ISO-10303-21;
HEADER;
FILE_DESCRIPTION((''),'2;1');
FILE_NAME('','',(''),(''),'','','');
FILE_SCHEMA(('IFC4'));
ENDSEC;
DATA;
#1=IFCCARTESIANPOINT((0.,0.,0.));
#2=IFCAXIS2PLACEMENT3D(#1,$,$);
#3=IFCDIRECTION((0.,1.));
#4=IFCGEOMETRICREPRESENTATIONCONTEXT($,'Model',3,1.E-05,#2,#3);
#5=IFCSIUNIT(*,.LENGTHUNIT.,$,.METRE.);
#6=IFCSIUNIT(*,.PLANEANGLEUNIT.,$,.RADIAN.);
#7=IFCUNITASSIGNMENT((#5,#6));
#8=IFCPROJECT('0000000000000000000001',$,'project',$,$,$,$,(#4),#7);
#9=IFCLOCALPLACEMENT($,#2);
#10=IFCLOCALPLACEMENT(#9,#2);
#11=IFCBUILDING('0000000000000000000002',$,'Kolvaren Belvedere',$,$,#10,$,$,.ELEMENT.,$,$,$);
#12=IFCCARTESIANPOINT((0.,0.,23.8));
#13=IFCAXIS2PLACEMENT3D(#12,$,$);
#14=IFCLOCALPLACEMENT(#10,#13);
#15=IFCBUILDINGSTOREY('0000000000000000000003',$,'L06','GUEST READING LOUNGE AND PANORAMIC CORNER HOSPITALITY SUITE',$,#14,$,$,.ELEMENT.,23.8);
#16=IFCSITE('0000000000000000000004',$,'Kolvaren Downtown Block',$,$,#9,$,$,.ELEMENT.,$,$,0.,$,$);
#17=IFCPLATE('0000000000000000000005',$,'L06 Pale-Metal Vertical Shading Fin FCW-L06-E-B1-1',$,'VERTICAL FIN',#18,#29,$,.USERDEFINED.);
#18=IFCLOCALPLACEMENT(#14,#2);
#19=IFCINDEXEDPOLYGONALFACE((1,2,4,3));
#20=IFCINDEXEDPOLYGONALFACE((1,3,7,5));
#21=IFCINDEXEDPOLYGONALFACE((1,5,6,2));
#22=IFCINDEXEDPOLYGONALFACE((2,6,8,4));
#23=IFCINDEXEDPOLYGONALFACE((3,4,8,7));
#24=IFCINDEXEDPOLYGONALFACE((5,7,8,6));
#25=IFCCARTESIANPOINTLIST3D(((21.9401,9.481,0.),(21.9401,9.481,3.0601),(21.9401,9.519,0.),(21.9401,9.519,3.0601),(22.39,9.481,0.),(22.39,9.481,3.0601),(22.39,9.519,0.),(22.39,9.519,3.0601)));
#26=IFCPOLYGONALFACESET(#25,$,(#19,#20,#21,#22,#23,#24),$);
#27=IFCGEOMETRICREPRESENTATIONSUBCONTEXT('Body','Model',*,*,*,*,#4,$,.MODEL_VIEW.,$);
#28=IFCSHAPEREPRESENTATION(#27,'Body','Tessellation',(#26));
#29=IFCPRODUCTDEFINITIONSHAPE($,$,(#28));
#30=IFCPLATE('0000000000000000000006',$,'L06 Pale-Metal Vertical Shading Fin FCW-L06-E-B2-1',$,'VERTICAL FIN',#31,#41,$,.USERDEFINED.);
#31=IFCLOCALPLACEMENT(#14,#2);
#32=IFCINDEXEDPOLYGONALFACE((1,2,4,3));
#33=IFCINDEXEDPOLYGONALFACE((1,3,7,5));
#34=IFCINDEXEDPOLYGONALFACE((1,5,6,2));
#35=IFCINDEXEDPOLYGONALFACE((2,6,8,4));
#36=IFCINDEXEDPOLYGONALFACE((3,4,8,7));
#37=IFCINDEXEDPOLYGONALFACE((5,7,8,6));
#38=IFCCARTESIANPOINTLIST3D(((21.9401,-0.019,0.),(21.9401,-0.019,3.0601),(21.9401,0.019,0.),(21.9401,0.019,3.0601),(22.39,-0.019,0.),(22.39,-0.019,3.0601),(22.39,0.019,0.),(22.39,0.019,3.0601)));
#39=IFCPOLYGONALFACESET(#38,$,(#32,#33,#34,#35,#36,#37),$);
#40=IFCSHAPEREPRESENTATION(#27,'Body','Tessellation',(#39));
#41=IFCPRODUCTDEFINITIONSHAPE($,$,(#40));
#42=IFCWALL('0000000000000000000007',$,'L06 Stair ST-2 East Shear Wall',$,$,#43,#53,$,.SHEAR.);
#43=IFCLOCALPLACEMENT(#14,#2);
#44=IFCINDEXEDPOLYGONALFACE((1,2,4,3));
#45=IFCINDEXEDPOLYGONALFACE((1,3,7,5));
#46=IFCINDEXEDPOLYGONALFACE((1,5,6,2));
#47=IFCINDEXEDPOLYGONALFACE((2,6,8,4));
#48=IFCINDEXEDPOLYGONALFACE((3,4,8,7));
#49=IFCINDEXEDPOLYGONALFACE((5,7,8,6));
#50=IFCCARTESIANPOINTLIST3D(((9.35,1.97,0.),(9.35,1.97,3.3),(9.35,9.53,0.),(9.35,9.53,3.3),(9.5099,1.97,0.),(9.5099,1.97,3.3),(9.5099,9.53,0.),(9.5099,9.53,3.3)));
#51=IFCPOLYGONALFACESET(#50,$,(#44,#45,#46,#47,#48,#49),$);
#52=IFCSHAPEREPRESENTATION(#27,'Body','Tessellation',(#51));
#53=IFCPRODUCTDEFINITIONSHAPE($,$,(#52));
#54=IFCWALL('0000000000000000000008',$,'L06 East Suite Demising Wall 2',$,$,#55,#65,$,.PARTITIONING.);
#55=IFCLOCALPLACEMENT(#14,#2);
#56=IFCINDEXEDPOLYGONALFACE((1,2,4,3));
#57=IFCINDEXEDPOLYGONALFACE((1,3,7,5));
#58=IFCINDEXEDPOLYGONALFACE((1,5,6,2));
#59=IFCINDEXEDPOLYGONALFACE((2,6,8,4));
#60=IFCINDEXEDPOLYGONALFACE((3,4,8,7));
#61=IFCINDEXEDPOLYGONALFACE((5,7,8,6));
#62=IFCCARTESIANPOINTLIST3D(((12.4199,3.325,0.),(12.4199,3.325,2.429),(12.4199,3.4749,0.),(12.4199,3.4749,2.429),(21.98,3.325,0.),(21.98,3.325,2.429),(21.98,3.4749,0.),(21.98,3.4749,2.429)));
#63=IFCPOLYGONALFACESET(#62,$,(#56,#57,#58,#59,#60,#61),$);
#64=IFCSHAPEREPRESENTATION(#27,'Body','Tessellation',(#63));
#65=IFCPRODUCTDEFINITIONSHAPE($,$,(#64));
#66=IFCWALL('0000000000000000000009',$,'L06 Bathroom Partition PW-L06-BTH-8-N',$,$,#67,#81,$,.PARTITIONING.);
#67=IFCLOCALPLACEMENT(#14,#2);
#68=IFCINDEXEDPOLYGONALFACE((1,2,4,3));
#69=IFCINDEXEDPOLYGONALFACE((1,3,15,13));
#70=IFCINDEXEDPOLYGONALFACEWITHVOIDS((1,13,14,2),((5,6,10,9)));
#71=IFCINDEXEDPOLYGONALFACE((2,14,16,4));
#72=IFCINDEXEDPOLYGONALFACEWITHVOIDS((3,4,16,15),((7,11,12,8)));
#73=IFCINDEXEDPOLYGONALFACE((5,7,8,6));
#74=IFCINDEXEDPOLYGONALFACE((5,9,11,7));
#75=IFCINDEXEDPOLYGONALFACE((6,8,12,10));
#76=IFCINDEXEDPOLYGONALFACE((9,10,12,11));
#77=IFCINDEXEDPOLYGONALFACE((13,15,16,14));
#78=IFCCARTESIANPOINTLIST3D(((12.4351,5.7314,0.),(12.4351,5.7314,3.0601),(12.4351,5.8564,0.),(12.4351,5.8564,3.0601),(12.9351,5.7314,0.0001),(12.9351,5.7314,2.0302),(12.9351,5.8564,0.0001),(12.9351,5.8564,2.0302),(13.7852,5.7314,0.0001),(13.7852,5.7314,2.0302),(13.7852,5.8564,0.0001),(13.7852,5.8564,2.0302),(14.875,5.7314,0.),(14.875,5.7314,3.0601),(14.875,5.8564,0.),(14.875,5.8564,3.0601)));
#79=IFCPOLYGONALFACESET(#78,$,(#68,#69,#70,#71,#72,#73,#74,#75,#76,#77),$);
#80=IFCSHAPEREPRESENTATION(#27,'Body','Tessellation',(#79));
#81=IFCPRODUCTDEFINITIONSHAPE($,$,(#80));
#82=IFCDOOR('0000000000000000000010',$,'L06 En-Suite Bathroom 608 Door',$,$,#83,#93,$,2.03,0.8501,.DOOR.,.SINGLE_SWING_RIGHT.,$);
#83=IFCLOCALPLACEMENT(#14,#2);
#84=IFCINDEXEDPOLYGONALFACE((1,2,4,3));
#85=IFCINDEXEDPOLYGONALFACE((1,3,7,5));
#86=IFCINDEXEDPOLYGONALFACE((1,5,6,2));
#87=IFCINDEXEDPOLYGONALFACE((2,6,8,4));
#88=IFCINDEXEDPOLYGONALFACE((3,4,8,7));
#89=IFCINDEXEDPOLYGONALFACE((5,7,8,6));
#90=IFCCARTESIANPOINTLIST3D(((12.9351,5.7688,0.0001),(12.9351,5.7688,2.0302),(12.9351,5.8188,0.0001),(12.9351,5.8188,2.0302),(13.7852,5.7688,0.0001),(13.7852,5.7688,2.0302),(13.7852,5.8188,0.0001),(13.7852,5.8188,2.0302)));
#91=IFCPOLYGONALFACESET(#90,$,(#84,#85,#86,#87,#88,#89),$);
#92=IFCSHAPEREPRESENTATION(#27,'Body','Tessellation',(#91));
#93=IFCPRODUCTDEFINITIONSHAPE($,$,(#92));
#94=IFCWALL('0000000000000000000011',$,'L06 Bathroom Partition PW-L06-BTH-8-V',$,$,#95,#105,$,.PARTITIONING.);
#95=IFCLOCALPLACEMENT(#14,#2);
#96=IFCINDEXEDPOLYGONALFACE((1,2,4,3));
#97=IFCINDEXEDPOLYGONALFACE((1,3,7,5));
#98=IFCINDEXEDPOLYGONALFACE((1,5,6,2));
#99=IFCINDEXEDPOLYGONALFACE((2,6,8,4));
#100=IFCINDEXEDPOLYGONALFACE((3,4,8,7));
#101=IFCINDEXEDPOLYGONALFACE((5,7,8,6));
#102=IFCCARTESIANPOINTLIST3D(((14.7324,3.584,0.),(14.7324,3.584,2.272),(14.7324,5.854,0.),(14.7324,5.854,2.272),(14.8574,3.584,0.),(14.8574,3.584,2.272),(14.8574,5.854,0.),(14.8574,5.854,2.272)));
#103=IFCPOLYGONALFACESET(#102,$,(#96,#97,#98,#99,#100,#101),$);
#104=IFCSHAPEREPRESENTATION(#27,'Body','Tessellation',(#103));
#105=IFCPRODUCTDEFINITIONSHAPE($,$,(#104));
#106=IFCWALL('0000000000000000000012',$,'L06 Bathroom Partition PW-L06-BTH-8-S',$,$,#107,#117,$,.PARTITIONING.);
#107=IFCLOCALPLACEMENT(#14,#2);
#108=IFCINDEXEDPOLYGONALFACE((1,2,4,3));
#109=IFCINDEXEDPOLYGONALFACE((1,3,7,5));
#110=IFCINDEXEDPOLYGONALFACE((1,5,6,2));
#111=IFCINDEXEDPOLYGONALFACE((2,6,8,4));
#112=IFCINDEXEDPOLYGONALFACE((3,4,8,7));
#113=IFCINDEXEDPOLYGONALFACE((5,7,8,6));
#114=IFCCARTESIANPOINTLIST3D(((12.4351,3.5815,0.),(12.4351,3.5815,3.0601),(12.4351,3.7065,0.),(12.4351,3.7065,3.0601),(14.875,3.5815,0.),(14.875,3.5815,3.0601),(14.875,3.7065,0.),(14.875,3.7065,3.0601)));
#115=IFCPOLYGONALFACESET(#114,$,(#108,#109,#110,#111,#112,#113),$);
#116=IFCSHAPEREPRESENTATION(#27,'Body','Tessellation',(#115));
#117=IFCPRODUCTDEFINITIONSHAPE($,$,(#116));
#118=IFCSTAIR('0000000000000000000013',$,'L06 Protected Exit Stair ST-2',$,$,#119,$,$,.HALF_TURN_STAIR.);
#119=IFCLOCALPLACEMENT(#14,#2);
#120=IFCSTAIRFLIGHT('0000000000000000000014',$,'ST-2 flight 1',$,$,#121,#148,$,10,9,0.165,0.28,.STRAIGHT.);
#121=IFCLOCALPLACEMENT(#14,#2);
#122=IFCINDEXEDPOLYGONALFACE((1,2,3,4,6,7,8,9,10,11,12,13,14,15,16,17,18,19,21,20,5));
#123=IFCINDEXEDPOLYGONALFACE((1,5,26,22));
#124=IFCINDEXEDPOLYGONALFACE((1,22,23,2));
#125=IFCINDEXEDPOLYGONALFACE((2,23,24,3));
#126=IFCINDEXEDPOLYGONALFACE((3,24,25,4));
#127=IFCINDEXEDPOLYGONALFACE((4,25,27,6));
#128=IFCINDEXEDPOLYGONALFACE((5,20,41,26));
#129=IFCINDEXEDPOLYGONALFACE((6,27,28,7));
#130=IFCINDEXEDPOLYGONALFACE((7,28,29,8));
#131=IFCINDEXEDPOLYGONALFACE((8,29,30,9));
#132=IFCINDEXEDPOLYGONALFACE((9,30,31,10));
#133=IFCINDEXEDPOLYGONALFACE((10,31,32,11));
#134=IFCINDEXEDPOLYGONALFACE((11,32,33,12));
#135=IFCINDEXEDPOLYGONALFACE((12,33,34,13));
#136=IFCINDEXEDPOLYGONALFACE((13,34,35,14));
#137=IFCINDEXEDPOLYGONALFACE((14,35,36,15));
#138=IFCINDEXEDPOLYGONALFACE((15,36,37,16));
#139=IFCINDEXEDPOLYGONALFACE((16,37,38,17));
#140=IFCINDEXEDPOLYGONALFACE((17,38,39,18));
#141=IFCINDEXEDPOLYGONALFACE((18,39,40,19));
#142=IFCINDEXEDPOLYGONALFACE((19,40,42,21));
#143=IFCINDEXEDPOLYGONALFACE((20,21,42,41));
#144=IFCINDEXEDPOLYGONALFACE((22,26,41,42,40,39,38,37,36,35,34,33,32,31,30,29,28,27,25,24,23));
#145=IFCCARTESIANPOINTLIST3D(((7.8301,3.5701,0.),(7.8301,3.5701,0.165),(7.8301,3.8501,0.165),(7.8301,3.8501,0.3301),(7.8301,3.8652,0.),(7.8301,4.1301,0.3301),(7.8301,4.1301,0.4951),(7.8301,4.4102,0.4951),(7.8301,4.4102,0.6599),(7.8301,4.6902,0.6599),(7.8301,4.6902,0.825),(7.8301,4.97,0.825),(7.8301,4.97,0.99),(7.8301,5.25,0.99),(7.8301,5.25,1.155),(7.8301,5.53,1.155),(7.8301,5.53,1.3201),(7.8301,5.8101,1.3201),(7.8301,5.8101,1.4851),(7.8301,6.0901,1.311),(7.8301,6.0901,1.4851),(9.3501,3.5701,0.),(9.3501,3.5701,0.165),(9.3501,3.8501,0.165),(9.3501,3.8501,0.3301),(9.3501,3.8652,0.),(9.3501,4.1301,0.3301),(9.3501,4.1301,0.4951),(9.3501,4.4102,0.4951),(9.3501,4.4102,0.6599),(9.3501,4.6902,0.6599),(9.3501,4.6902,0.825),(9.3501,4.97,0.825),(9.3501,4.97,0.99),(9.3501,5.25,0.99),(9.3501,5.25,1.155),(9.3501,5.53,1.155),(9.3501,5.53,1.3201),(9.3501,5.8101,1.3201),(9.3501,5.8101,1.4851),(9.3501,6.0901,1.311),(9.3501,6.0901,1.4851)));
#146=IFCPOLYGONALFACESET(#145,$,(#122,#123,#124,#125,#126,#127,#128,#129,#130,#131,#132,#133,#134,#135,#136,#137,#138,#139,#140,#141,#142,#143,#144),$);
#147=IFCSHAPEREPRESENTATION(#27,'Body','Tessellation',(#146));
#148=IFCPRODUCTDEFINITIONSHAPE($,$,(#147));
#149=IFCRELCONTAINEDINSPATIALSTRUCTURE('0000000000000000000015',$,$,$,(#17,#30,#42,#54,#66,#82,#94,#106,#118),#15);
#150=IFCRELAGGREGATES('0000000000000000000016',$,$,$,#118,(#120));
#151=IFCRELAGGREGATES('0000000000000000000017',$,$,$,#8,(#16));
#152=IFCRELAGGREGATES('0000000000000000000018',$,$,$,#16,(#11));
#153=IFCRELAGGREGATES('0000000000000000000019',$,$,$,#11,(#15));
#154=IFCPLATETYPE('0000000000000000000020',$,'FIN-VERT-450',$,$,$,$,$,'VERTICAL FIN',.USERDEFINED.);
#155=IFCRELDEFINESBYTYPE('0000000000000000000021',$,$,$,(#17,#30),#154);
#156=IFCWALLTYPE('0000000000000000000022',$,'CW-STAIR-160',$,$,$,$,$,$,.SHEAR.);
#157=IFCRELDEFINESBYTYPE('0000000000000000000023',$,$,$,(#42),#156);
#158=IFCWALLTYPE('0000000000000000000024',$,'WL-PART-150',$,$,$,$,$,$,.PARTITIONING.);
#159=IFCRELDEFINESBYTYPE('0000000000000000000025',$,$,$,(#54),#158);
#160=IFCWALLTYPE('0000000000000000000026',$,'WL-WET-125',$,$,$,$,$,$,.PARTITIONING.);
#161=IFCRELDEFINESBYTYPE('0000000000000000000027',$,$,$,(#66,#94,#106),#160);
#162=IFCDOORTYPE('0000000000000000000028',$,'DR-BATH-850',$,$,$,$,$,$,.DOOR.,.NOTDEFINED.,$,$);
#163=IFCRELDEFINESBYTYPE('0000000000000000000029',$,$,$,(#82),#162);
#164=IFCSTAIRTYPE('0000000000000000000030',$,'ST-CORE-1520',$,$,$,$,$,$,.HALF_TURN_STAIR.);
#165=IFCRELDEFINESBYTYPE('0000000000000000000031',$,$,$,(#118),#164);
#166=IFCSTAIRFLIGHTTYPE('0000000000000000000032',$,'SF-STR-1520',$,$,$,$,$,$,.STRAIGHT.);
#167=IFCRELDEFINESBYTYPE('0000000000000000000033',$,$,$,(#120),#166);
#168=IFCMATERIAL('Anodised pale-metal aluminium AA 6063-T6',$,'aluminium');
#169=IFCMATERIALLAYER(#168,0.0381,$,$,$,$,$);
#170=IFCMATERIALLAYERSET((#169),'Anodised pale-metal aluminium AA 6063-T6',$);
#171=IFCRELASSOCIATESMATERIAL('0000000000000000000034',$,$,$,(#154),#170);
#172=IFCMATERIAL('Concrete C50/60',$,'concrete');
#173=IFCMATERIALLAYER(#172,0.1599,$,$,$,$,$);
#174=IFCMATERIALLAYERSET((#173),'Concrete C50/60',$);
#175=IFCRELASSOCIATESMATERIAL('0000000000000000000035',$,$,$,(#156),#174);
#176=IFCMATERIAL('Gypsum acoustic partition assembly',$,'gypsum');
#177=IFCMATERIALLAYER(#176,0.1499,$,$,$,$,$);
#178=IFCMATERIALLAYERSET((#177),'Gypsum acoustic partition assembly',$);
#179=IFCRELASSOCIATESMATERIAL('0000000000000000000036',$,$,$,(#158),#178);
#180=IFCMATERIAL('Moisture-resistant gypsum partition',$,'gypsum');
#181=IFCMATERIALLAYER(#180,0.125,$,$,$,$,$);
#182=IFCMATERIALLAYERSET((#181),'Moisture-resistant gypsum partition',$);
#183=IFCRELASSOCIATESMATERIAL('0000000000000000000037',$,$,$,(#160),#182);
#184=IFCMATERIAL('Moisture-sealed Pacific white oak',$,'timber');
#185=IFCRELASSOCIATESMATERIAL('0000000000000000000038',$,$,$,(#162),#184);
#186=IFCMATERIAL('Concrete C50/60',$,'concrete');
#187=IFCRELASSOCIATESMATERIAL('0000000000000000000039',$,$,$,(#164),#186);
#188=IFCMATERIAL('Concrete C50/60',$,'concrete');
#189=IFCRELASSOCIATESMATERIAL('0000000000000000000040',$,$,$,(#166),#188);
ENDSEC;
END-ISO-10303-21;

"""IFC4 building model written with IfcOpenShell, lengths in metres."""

from ifc_helpers import new_model, si_unit, direction, frame, frame_2d, origin, origin_2d, place, context, subcontext, project, spatial, polyline, rectangle, outline, extrude, material, layer, layer_set, type_object, element, fill, aggregate, save


model = new_model("IFC4")

# Units and contexts
model_context = context("Model", 3, precision=1e-05, world=origin(), true_north=direction((0.0, 1.0)))
body_context = subcontext(model_context, "Body", "Model", "MODEL_VIEW")
ifc_project = project(units=[si_unit("LENGTHUNIT", "METRE"), si_unit("PLANEANGLEUNIT", "RADIAN")], contexts=[model_context])

# Site, building, storey
site_placement = place(None, origin())
site = spatial("IfcSite", under=ifc_project, at=site_placement, Name="Kolvaren Downtown Block", CompositionType="ELEMENT", RefElevation=0.0)
building_placement = place(site_placement, origin())
building = spatial("IfcBuilding", under=site, at=building_placement, Name="Kolvaren Belvedere", CompositionType="ELEMENT")
storey_placement = place(building_placement, frame((0.0, 0.0, 23.8)))
storey = spatial("IfcBuildingStorey", under=building, at=storey_placement, Name="L06", Description="GUEST READING LOUNGE AND PANORAMIC CORNER HOSPITALITY SUITE", CompositionType="ELEMENT", Elevation=23.8)

# Plates
ifc_material_1 = material(Name="Anodised pale-metal aluminium AA 6063-T6", Category="aluminium")
ifc_layer_1 = layer(ifc_material_1, 0.0381)
ifc_layer_set_1 = layer_set([ifc_layer_1], Name="Anodised pale-metal aluminium AA 6063-T6")
plate_type_1 = type_object("IfcPlateType", Name="FIN-VERT-450", ElementType="VERTICAL FIN", PredefinedType="USERDEFINED", material=ifc_layer_set_1)
for number, where, z_axis, x_axis, name in (
    (1, (22.165, 9.5, 0.0), (0.0, 0.0, 1.0), (1.0, 0.0, 0.0), "L06 Pale-Metal Vertical Shading Fin FCW-L06-E-B1-1"),
    (2, (22.165, 0.0, 0.0), (0.0, 0.0, 1.0), (1.0, 0.0, 0.0), "L06 Pale-Metal Vertical Shading Fin FCW-L06-E-B2-1"),
):
    element("IfcPlate", number, at=place(storey_placement, frame(where, z_axis=z_axis, x_axis=x_axis)), inside=storey, type_object=plate_type_1, Name=name, ObjectType="VERTICAL FIN", PredefinedType="USERDEFINED", context=body_context, shape_type="SweptSolid", body=[
        extrude(rectangle(XDim=0.45, YDim=0.0381, at=origin_2d()), origin(), (0.0, 0.0, 1.0), 3.0601),
    ])

# Walls
ifc_material_2 = material(Name="Concrete C50/60", Category="concrete")
ifc_layer_2 = layer(ifc_material_2, 0.1599)
ifc_layer_set_2 = layer_set([ifc_layer_2], Name="Concrete C50/60")
wall_type_1 = type_object("IfcWallType", Name="CW-STAIR-160", PredefinedType="SHEAR", material=ifc_layer_set_2)
wall_1_placement = place(storey_placement, frame((9.4299, 1.97, 0.0), z_axis=(0.0, 0.0, 1.0), x_axis=(0.0, 1.0, 0.0)))
element("IfcWall", 3, at=wall_1_placement, inside=storey, type_object=wall_type_1, Name="L06 Stair ST-2 East Shear Wall", PredefinedType="SHEAR", context=body_context, shape_type="SweptSolid", body=[
    extrude(rectangle(XDim=7.5601, YDim=0.1599, at=frame_2d((3.78, 0.0))), origin(), (0.0, 0.0, 1.0), 3.3),
])
ifc_material_3 = material(Name="Gypsum acoustic partition assembly", Category="gypsum")
ifc_layer_3 = layer(ifc_material_3, 0.1499)
ifc_layer_set_3 = layer_set([ifc_layer_3], Name="Gypsum acoustic partition assembly")
wall_type_2 = type_object("IfcWallType", Name="WL-PART-150", PredefinedType="PARTITIONING", material=ifc_layer_set_3)
wall_2_placement = place(storey_placement, frame((12.4199, 3.3999, 0.0), z_axis=(0.0, 0.0, 1.0), x_axis=(1.0, 0.0, 0.0)))
element("IfcWall", 4, at=wall_2_placement, inside=storey, type_object=wall_type_2, Name="L06 East Suite Demising Wall 2", PredefinedType="PARTITIONING", context=body_context, shape_type="SweptSolid", body=[
    extrude(rectangle(XDim=9.5601, YDim=0.1499, at=frame_2d((4.78, 0.0))), origin(), (0.0, 0.0, 1.0), 2.429),
])

# Wall, opening, door
ifc_material_4 = material(Name="Moisture-resistant gypsum partition", Category="gypsum")
ifc_layer_4 = layer(ifc_material_4, 0.125)
ifc_layer_set_4 = layer_set([ifc_layer_4], Name="Moisture-resistant gypsum partition")
wall_type_3 = type_object("IfcWallType", Name="WL-WET-125", PredefinedType="PARTITIONING", material=ifc_layer_set_4)
wall_3_placement = place(storey_placement, frame((12.4351, 5.7939, 0.0), z_axis=(0.0, 0.0, 1.0), x_axis=(1.0, 0.0, 0.0)))
wall_3 = element("IfcWall", 5, at=wall_3_placement, inside=storey, type_object=wall_type_3, Name="L06 Bathroom Partition PW-L06-BTH-8-N", PredefinedType="PARTITIONING", context=body_context, shape_type="SweptSolid", body=[
    extrude(rectangle(XDim=2.4399, YDim=0.125, at=frame_2d((1.22, 0.0))), origin(), (0.0, 0.0, 1.0), 3.0601),
])
opening_placement = place(wall_3_placement, frame((0.5, 0.0, 0.0)))
opening = element("IfcOpeningElement", 6, at=opening_placement, cuts=wall_3, PredefinedType="OPENING", context=body_context, shape_type="SweptSolid", body=[
    extrude(rectangle(XDim=0.8501, YDim=2.03, at=frame_2d((0.425, 1.0151))), frame((0.0, 0.0725, 0.0), z_axis=(0.0, -1.0, 0.0), x_axis=(1.0, 0.0, 0.0)), (0.0, 0.0, 1.0), 0.145),
])
ifc_material_5 = material(Name="Moisture-sealed Pacific white oak", Category="timber")
door_type = type_object("IfcDoorType", Name="DR-BATH-850", OperationType="NOTDEFINED", PredefinedType="DOOR", material=ifc_material_5)
door_placement = place(opening_placement, origin())
door = element("IfcDoor", 7, at=door_placement, inside=storey, type_object=door_type, Name="L06 En-Suite Bathroom 608 Door", OperationType="SINGLE_SWING_RIGHT", OverallHeight=2.03, OverallWidth=0.8501, PredefinedType="DOOR", context=body_context, shape_type="SweptSolid", body=[
    extrude(rectangle(XDim=0.8501, YDim=2.03, at=frame_2d((0.425, 1.0151))), frame((0.0, 0.0249, 0.0), z_axis=(0.0, -1.0, 0.0), x_axis=(1.0, 0.0, 0.0)), (0.0, 0.0, 1.0), 0.05),
])
fill(opening, door)

# Walls
wall_4_placement = place(storey_placement, frame((14.7949, 3.584, 0.0), z_axis=(0.0, 0.0, 1.0), x_axis=(0.0, 1.0, 0.0)))
element("IfcWall", 8, at=wall_4_placement, inside=storey, type_object=wall_type_3, Name="L06 Bathroom Partition PW-L06-BTH-8-V", PredefinedType="PARTITIONING", context=body_context, shape_type="SweptSolid", body=[
    extrude(rectangle(XDim=2.27, YDim=0.125, at=frame_2d((1.135, 0.0))), origin(), (0.0, 0.0, 1.0), 2.272),
])
wall_5_placement = place(storey_placement, frame((12.4351, 3.644, 0.0), z_axis=(0.0, 0.0, 1.0), x_axis=(1.0, 0.0, 0.0)))
element("IfcWall", 9, at=wall_5_placement, inside=storey, type_object=wall_type_3, Name="L06 Bathroom Partition PW-L06-BTH-8-S", PredefinedType="PARTITIONING", context=body_context, shape_type="SweptSolid", body=[
    extrude(rectangle(XDim=2.4399, YDim=0.125, at=frame_2d((1.22, 0.0))), origin(), (0.0, 0.0, 1.0), 3.0601),
])

# Stair, stair flight
ifc_material_6 = material(Name="Concrete C50/60", Category="concrete")
stair_type = type_object("IfcStairType", Name="ST-CORE-1520", PredefinedType="HALF_TURN_STAIR", material=ifc_material_6)
stair_placement = place(storey_placement, origin())
stair = element("IfcStair", 10, at=stair_placement, inside=storey, type_object=stair_type, Name="L06 Protected Exit Stair ST-2", PredefinedType="HALF_TURN_STAIR")
ifc_material_7 = material(Name="Concrete C50/60", Category="concrete")
stair_flight_type = type_object("IfcStairFlightType", Name="SF-STR-1520", PredefinedType="STRAIGHT", material=ifc_material_7)
stair_flight_placement = place(storey_placement, frame((8.5901, 3.5701, 0.0), z_axis=(0.0, 0.0, 1.0), x_axis=(0.0, 1.0, 0.0)))
stair_flight = element("IfcStairFlight", 11, at=stair_flight_placement, type_object=stair_flight_type, Name="ST-2 flight 1", NumberOfRisers=10, NumberOfTreads=9, PredefinedType="STRAIGHT", RiserHeight=0.165, TreadLength=0.28, context=body_context, shape_type="SweptSolid", body=[
    extrude(outline(polyline([(0.0, 0.0), (0.0, 0.165), (0.28, 0.165), (0.28, 0.3301), (0.5601, 0.3301), (0.5601, 0.4951), (0.8401, 0.4951), (0.8401, 0.6599), (1.1201, 0.6599), (1.1201, 0.825), (1.3999, 0.825), (1.3999, 0.99), (1.6799, 0.99), (1.6799, 1.155), (1.96, 1.155), (1.96, 1.3201), (2.24, 1.3201), (2.24, 1.4851), (2.52, 1.4851), (2.52, 1.6499), (2.52, 1.311), (0.2952, 0.0), (0.0, 0.0)])), frame((0.0, 0.76, 0.0), z_axis=(0.0, -1.0, 0.0), x_axis=(1.0, 0.0, 0.0)), (0.0, 0.0, 1.0), 1.52),
])
aggregate(stair, [stair_flight])

save(model, "model.ifc")
